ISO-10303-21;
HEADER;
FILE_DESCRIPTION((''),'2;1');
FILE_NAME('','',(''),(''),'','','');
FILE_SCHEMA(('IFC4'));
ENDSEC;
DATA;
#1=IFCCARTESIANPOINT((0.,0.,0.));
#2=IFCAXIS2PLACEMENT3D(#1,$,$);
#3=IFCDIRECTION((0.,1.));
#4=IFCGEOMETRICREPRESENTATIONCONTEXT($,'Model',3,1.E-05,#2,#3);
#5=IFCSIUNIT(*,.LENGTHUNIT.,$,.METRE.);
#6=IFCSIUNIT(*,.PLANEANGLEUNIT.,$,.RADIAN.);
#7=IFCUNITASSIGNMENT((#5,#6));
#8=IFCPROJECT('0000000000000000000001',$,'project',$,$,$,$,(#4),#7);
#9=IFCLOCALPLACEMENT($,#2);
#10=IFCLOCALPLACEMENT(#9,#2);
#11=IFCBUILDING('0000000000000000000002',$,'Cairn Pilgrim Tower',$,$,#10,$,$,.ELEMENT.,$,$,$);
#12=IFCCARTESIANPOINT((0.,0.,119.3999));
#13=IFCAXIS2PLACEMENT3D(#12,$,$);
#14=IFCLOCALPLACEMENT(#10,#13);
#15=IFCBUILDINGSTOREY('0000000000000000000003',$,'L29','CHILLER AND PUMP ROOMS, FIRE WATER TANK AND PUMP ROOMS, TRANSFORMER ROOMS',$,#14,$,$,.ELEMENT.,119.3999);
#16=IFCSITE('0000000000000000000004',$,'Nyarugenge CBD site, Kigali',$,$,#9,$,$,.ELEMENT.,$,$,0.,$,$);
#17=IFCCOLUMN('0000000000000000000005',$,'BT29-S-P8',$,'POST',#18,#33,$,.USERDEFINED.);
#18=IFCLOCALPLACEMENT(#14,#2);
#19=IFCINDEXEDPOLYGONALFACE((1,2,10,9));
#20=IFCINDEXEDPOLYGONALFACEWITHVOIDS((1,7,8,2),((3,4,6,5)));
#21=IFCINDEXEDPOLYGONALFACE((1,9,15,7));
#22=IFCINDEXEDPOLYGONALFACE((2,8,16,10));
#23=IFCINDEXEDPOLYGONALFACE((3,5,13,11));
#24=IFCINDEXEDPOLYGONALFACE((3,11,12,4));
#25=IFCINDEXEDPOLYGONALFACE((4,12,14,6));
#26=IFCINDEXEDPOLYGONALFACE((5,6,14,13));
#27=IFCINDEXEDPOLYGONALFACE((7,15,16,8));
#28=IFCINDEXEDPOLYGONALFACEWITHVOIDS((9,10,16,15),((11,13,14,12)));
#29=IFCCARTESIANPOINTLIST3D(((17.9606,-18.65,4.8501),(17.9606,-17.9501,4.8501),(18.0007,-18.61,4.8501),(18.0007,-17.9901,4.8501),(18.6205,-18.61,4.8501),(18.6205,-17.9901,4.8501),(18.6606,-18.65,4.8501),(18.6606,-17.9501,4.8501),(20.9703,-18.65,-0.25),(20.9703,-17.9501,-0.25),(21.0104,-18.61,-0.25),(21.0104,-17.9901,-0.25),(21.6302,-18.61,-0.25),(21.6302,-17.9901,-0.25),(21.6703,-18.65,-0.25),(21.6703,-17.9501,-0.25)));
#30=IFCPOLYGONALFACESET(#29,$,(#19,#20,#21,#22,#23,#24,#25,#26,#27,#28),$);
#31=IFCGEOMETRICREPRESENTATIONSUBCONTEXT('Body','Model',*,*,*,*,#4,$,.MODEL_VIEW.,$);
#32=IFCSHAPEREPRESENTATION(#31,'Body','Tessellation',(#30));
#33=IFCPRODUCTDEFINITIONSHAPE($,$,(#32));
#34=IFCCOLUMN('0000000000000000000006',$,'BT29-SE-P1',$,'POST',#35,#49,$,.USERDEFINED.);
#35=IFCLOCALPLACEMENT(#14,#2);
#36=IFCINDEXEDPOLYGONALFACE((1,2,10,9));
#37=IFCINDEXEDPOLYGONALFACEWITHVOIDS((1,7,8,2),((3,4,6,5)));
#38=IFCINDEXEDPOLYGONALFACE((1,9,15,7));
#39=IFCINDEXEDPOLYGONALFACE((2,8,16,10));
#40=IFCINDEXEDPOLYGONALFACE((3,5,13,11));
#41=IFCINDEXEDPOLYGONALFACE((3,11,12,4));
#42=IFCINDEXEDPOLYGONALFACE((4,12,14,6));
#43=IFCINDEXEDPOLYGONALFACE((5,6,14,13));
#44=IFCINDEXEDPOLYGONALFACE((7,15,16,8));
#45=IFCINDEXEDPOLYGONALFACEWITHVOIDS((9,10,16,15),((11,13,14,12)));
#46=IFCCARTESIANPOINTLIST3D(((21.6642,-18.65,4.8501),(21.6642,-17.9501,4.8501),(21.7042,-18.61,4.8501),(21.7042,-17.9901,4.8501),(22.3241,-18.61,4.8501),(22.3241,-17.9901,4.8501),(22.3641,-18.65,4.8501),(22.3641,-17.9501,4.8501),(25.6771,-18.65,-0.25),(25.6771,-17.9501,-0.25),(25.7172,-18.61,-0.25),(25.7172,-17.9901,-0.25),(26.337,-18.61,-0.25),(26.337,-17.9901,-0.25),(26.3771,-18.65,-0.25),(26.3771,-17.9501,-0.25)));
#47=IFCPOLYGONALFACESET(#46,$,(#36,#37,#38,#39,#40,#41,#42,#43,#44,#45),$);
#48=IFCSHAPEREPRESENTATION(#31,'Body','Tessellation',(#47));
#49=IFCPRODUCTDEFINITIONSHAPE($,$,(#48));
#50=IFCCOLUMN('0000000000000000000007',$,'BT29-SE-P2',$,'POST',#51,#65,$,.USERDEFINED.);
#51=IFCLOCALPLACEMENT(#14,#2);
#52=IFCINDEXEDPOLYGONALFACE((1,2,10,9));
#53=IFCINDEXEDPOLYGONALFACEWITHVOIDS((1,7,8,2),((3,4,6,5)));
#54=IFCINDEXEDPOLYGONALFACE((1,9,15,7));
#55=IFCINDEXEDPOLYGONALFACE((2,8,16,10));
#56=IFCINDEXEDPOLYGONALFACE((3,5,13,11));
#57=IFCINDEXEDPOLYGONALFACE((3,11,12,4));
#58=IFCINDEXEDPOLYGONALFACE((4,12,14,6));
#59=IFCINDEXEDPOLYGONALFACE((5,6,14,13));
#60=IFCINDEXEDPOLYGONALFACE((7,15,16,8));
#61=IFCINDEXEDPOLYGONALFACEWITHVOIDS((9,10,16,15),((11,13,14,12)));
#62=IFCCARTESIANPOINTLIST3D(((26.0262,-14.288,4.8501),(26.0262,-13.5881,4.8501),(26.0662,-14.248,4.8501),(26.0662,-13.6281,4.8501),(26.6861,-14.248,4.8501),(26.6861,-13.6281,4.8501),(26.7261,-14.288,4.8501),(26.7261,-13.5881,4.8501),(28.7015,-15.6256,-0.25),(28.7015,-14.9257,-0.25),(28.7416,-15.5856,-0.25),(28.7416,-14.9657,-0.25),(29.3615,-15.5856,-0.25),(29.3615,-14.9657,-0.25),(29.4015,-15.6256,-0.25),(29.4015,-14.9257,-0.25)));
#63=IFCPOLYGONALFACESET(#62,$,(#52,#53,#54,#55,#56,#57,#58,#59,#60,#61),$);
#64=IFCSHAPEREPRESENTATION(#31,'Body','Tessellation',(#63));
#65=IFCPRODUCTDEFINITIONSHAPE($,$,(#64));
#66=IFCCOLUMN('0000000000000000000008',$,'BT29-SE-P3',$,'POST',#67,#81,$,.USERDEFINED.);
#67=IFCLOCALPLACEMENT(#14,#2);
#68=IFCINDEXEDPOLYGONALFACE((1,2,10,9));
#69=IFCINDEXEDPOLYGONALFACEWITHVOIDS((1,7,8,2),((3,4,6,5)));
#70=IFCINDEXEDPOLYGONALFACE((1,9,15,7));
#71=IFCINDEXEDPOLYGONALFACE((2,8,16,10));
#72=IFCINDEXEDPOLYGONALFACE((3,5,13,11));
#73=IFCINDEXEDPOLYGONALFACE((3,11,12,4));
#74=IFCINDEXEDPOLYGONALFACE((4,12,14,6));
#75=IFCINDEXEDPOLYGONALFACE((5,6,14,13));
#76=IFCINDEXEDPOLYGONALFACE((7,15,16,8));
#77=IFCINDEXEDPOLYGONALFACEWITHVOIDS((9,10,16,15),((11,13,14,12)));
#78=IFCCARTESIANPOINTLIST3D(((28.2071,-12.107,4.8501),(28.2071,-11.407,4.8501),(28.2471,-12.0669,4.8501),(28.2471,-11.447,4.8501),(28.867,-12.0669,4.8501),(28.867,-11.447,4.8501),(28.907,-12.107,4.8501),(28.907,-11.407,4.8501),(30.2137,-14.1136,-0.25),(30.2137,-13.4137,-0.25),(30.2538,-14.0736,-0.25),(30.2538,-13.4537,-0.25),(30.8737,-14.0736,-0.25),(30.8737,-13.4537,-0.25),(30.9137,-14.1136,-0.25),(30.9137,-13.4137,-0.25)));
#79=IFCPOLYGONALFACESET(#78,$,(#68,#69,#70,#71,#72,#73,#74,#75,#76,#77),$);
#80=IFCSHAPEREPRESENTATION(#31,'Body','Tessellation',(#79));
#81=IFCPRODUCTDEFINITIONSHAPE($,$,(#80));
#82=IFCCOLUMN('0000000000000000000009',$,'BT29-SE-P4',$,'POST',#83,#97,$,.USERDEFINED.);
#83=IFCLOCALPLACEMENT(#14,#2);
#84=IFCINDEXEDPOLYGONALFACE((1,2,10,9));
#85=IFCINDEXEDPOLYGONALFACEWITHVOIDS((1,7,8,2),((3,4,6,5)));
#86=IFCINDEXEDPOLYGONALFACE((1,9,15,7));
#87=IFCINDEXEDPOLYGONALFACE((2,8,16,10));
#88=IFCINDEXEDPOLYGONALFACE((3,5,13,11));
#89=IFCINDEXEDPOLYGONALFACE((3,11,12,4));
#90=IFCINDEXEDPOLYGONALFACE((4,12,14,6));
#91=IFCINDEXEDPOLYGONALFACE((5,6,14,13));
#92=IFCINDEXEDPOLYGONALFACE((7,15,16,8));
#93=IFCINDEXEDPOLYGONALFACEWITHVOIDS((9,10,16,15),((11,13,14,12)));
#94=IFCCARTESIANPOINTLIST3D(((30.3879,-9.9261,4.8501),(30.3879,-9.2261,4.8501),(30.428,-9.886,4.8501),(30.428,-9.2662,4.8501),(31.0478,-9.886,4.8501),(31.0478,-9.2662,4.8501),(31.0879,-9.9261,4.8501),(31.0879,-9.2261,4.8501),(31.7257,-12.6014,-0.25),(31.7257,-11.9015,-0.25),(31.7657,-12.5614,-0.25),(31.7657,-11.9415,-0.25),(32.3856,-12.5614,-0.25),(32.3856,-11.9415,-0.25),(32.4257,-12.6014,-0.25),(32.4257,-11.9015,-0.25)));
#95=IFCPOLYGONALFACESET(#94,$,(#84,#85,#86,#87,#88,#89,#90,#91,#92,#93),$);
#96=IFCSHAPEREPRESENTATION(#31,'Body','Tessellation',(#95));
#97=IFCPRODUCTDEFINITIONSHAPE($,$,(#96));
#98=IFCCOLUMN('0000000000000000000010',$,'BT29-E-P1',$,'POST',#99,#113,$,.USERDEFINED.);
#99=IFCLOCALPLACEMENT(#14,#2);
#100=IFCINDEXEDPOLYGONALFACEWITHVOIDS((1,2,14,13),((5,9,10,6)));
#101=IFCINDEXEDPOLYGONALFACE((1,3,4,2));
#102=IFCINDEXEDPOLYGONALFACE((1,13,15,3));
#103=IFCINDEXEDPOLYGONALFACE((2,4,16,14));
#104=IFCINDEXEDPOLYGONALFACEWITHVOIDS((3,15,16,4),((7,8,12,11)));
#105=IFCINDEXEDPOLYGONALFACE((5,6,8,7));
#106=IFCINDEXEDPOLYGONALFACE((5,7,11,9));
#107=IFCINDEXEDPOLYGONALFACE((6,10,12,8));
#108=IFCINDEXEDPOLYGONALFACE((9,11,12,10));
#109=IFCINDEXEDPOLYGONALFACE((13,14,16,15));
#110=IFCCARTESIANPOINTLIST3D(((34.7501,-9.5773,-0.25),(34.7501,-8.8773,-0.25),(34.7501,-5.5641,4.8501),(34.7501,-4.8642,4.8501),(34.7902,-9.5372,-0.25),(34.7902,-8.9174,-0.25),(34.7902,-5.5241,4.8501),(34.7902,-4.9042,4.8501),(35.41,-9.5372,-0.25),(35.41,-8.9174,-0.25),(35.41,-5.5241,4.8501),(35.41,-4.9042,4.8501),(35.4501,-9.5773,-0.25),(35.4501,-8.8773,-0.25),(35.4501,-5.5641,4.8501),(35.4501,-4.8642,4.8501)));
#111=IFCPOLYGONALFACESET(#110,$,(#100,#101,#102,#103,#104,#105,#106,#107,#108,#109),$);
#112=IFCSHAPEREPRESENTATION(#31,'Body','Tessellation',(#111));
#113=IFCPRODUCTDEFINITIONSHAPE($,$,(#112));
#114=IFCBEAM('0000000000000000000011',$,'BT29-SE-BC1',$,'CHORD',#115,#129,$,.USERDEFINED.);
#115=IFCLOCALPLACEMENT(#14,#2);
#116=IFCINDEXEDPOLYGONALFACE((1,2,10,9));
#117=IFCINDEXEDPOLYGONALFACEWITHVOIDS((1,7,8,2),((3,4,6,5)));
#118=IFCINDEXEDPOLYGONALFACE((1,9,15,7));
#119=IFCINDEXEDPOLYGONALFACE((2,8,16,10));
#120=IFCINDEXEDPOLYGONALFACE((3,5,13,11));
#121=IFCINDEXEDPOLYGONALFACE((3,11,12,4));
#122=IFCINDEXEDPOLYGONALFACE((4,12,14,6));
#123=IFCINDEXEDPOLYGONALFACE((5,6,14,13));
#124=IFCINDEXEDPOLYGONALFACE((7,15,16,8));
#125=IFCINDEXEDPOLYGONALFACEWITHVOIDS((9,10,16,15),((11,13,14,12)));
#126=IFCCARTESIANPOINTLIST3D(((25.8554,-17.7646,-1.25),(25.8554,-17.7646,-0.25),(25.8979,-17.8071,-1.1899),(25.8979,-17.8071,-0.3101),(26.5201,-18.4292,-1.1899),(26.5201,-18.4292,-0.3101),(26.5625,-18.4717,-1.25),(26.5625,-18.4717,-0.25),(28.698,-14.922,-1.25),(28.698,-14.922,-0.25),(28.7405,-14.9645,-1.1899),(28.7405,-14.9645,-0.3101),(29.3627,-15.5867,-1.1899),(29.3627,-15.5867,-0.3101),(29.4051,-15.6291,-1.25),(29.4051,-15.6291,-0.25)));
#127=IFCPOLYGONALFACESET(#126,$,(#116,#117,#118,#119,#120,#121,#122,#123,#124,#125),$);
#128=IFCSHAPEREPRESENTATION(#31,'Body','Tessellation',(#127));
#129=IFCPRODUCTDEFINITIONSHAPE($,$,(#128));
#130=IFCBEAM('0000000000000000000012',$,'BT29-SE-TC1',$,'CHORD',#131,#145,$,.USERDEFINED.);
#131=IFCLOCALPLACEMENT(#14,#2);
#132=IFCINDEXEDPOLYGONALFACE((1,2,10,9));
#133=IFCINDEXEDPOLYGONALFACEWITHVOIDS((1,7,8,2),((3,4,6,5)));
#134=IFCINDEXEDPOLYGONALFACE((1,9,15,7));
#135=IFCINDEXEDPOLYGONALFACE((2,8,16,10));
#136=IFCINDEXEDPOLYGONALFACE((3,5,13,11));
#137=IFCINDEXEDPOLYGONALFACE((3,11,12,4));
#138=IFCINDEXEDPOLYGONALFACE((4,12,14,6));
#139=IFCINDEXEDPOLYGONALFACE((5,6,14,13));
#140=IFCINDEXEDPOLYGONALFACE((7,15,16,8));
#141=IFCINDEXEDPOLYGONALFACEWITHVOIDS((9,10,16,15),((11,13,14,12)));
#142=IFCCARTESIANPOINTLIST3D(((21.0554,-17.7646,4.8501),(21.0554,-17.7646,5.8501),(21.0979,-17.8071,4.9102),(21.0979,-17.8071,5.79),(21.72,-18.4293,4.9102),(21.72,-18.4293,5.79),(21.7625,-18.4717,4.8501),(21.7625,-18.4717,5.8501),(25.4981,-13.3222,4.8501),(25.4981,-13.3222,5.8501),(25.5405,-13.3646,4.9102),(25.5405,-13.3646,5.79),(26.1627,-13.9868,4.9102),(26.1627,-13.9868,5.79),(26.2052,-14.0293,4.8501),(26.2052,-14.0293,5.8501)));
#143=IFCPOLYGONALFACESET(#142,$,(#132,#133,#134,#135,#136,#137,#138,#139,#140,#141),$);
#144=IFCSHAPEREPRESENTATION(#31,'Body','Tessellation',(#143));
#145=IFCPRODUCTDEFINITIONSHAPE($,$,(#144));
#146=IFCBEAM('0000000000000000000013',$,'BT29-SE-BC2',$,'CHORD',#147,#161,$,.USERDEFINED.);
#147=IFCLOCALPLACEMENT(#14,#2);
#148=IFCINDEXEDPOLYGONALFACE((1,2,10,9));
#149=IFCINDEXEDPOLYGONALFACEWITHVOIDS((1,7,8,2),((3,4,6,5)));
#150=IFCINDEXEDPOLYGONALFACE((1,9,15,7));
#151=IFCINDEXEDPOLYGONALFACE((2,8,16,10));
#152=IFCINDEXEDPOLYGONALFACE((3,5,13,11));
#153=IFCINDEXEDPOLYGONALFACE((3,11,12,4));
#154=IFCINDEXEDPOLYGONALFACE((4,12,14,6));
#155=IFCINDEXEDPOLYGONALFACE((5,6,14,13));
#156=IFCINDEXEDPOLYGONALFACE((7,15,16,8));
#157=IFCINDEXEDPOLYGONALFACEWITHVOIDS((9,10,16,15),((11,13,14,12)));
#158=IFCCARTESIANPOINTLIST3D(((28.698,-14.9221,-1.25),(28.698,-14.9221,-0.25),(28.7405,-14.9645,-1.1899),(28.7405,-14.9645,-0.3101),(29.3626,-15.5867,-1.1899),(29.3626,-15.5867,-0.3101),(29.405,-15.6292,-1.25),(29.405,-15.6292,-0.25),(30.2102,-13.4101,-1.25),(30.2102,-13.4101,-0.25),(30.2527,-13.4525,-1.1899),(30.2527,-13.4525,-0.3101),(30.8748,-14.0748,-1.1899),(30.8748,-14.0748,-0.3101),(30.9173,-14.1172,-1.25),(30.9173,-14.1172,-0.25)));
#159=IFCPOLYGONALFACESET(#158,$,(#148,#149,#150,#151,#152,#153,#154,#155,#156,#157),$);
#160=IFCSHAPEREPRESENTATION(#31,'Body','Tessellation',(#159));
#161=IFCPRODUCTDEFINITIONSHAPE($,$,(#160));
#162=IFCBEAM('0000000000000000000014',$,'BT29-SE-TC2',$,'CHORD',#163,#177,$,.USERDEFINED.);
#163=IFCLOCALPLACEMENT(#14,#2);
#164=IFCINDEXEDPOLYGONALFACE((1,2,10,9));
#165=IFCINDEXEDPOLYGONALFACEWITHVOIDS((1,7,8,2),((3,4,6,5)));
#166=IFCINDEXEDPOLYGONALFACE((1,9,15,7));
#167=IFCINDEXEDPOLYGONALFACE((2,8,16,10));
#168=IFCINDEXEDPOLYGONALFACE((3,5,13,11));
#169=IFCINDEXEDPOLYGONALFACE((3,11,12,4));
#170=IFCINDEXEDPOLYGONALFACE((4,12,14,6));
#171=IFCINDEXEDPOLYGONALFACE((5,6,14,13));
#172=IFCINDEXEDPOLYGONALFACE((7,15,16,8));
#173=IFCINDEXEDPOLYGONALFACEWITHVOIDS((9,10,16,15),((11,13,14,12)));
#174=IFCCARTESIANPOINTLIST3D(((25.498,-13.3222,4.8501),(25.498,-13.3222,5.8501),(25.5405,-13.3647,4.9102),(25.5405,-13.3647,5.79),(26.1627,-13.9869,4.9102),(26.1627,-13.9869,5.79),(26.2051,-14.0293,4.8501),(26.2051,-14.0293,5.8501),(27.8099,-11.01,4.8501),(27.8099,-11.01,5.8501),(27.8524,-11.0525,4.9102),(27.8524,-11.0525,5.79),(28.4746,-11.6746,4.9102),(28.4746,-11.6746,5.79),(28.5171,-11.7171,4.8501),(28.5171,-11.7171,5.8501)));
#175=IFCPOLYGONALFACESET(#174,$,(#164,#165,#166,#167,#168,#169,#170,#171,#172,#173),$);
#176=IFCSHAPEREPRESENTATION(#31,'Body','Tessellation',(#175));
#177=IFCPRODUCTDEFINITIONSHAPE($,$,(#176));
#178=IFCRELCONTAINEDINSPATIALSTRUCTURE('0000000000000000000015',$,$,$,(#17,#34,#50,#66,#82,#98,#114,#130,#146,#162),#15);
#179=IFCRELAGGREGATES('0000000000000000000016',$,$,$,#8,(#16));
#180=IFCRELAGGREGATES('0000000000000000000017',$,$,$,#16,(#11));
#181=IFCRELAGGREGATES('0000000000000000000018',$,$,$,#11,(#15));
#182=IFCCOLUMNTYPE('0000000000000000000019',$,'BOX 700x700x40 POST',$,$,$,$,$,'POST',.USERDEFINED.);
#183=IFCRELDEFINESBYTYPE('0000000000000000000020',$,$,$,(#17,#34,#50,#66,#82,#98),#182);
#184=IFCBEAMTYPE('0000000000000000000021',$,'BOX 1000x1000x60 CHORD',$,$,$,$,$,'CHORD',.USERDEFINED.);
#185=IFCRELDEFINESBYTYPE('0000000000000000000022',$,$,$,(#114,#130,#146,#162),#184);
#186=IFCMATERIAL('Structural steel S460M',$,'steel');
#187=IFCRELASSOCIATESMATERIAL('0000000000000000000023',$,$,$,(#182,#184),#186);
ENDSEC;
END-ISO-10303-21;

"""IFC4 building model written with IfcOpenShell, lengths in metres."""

from ifc_helpers import new_model, si_unit, direction, frame, origin, origin_2d, place, context, subcontext, project, spatial, hollow_rectangle, extrude, clip, halfspace, material, material_profile, profile_set, type_object, element, save


model = new_model("IFC4")

# Units and contexts
model_context = context("Model", 3, precision=1e-05, world=origin(), true_north=direction((0.0, 1.0)))
body_context = subcontext(model_context, "Body", "Model", "MODEL_VIEW")
ifc_project = project(units=[si_unit("LENGTHUNIT", "METRE"), si_unit("PLANEANGLEUNIT", "RADIAN")], contexts=[model_context])

# Site, building, storey
site_placement = place(None, origin())
site = spatial("IfcSite", under=ifc_project, at=site_placement, Name="Nyarugenge CBD site, Kigali", CompositionType="ELEMENT", RefElevation=0.0)
building_placement = place(site_placement, origin())
building = spatial("IfcBuilding", under=site, at=building_placement, Name="Cairn Pilgrim Tower", CompositionType="ELEMENT")
storey_placement = place(building_placement, frame((0.0, 0.0, 119.3999)))
storey = spatial("IfcBuildingStorey", under=building, at=storey_placement, Name="L29", Description="CHILLER AND PUMP ROOMS, FIRE WATER TANK AND PUMP ROOMS, TRANSFORMER ROOMS", CompositionType="ELEMENT", Elevation=119.3999)

# Columns
ifc_material_1 = material(Name="Structural steel S460M", Category="steel")
ifc_material_profile_1 = material_profile(ifc_material_1, hollow_rectangle(XDim=0.7, YDim=0.7, WallThickness=0.04, at=origin_2d()), Name="BOX 700x700x40")
ifc_profile_set_1 = profile_set([ifc_material_profile_1], Name="Structural steel S460M")
column_type = type_object("IfcColumnType", Name="BOX 700x700x40 POST", ElementType="POST", PredefinedType="USERDEFINED", material=ifc_profile_set_1)
column_1_placement = place(storey_placement, frame((21.3203, -18.3, -0.25), z_axis=(0.0, 0.0, 1.0), x_axis=(1.0, 0.0, 0.0)))
element("IfcColumn", 1, at=column_1_placement, inside=storey, type_object=column_type, Name="BT29-S-P8", ObjectType="POST", PredefinedType="USERDEFINED", context=body_context, shape_type="Clipping", body=[
    clip(extrude(hollow_rectangle(XDim=0.7, YDim=0.7, WallThickness=0.04, at=origin_2d()), origin(), (-0.508232, 0.0, 0.86122), 7.083), halfspace(frame((0.0, 0.0, 5.1001), z_axis=(0.0, 0.0, 1.0), x_axis=(1.0, 0.0, 0.0)), False)),
])
column_2_placement = place(storey_placement, frame((26.0271, -18.3, -0.25), z_axis=(0.0, 0.0, 1.0), x_axis=(1.0, 0.0, 0.0)))
element("IfcColumn", 2, at=column_2_placement, inside=storey, type_object=column_type, Name="BT29-SE-P1", ObjectType="POST", PredefinedType="USERDEFINED", context=body_context, shape_type="Clipping", body=[
    clip(extrude(hollow_rectangle(XDim=0.7, YDim=0.7, WallThickness=0.04, at=origin_2d()), origin(), (-0.618369, 0.0, 0.785888), 7.762), halfspace(frame((0.0, 0.0, 5.1001), z_axis=(0.0, 0.0, 1.0), x_axis=(1.0, 0.0, 0.0)), False)),
])
column_3_placement = place(storey_placement, frame((29.0515, -15.2756, -0.25), z_axis=(0.0, 0.0, 1.0), x_axis=(1.0, 0.0, 0.0)))
element("IfcColumn", 3, at=column_3_placement, inside=storey, type_object=column_type, Name="BT29-SE-P2", ObjectType="POST", PredefinedType="USERDEFINED", context=body_context, shape_type="Clipping", body=[
    clip(extrude(hollow_rectangle(XDim=0.7, YDim=0.7, WallThickness=0.04, at=origin_2d()), origin(), (-0.452494, 0.22623, 0.862594), 7.0718), halfspace(frame((0.0, 0.0, 5.1001), z_axis=(0.0, 0.0, 1.0), x_axis=(1.0, 0.0, 0.0)), False)),
])
column_4_placement = place(storey_placement, frame((30.5637, -13.7637, -0.25), z_axis=(0.0, 0.0, 1.0), x_axis=(1.0, 0.0, 0.0)))
element("IfcColumn", 4, at=column_4_placement, inside=storey, type_object=column_type, Name="BT29-SE-P3", ObjectType="POST", PredefinedType="USERDEFINED", context=body_context, shape_type="Clipping", body=[
    clip(extrude(hollow_rectangle(XDim=0.7, YDim=0.7, WallThickness=0.04, at=origin_2d()), origin(), (-0.343817, 0.343817, 0.87383), 6.981), halfspace(frame((0.0, 0.0, 5.1001), z_axis=(0.0, 0.0, 1.0), x_axis=(1.0, 0.0, 0.0)), False)),
])
column_5_placement = place(storey_placement, frame((32.0757, -12.2515, -0.25), z_axis=(0.0, 0.0, 1.0), x_axis=(1.0, 0.0, 0.0)))
element("IfcColumn", 5, at=column_5_placement, inside=storey, type_object=column_type, Name="BT29-SE-P4", ObjectType="POST", PredefinedType="USERDEFINED", context=body_context, shape_type="Clipping", body=[
    clip(extrude(hollow_rectangle(XDim=0.7, YDim=0.7, WallThickness=0.04, at=origin_2d()), origin(), (-0.226263, 0.452491, 0.862588), 7.0718), halfspace(frame((0.0, 0.0, 5.1001), z_axis=(0.0, 0.0, 1.0), x_axis=(1.0, 0.0, 0.0)), False)),
])
column_6_placement = place(storey_placement, frame((35.1001, -9.2273, -0.25), z_axis=(0.0, 0.0, 1.0), x_axis=(1.0, 0.0, 0.0)))
element("IfcColumn", 6, at=column_6_placement, inside=storey, type_object=column_type, Name="BT29-E-P1", ObjectType="POST", PredefinedType="USERDEFINED", context=body_context, shape_type="Clipping", body=[
    clip(extrude(hollow_rectangle(XDim=0.7, YDim=0.7, WallThickness=0.04, at=origin_2d()), origin(), (0.0, 0.618388, 0.785873), 7.7622), halfspace(frame((0.0, 0.0, 5.1001), z_axis=(0.0, 0.0, 1.0), x_axis=(1.0, 0.0, 0.0)), False)),
])

# Beams
ifc_material_profile_2 = material_profile(ifc_material_1, hollow_rectangle(XDim=1.0, YDim=1.0, WallThickness=0.0601, at=origin_2d()), Name="BOX 1000x1000x60")
ifc_profile_set_2 = profile_set([ifc_material_profile_2], Name="Structural steel S460M")
beam_type_1 = type_object("IfcBeamType", Name="BOX 1000x1000x60 CHORD", ElementType="CHORD", PredefinedType="USERDEFINED", material=ifc_profile_set_2)
beam_1_placement = place(storey_placement, frame((26.209, -18.1182, -0.75), z_axis=(0.707107, 0.707107, 0.0), x_axis=(-0.707107, 0.707107, 0.0)))
element("IfcBeam", 7, at=beam_1_placement, inside=storey, type_object=beam_type_1, Name="BT29-SE-BC1", ObjectType="CHORD", PredefinedType="USERDEFINED", context=body_context, shape_type="SweptSolid", body=[
    extrude(hollow_rectangle(XDim=1.0, YDim=1.0, WallThickness=0.0601, at=origin_2d()), origin(), (0.0, 0.0, 1.0), 4.02),
])
beam_2_placement = place(storey_placement, frame((21.4089, -18.1182, 5.3501), z_axis=(0.707126, 0.707087, 0.0), x_axis=(-0.707087, 0.707126, 0.0)))
element("IfcBeam", 8, at=beam_2_placement, inside=storey, type_object=beam_type_1, Name="BT29-SE-TC1", ObjectType="CHORD", PredefinedType="USERDEFINED", context=body_context, shape_type="SweptSolid", body=[
    extrude(hollow_rectangle(XDim=1.0, YDim=1.0, WallThickness=0.0601, at=origin_2d()), origin(), (0.0, 0.0, 1.0), 6.2827),
])
beam_3_placement = place(storey_placement, frame((29.0515, -15.2756, -0.75), z_axis=(0.707164, 0.70705, 0.0), x_axis=(-0.70705, 0.707164, 0.0)))
element("IfcBeam", 9, at=beam_3_placement, inside=storey, type_object=beam_type_1, Name="BT29-SE-BC2", ObjectType="CHORD", PredefinedType="USERDEFINED", context=body_context, shape_type="SweptSolid", body=[
    extrude(hollow_rectangle(XDim=1.0, YDim=1.0, WallThickness=0.0601, at=origin_2d()), origin(), (0.0, 0.0, 1.0), 2.1384),
])
beam_4_placement = place(storey_placement, frame((25.8516, -13.6758, 5.3501), z_axis=(0.707069, 0.707144, 0.0), x_axis=(-0.707144, 0.707069, 0.0)))
element("IfcBeam", 10, at=beam_4_placement, inside=storey, type_object=beam_type_1, Name="BT29-SE-TC2", ObjectType="CHORD", PredefinedType="USERDEFINED", context=body_context, shape_type="SweptSolid", body=[
    extrude(hollow_rectangle(XDim=1.0, YDim=1.0, WallThickness=0.0601, at=origin_2d()), origin(), (0.0, 0.0, 1.0), 3.2698),
])

save(model, "model.ifc")
